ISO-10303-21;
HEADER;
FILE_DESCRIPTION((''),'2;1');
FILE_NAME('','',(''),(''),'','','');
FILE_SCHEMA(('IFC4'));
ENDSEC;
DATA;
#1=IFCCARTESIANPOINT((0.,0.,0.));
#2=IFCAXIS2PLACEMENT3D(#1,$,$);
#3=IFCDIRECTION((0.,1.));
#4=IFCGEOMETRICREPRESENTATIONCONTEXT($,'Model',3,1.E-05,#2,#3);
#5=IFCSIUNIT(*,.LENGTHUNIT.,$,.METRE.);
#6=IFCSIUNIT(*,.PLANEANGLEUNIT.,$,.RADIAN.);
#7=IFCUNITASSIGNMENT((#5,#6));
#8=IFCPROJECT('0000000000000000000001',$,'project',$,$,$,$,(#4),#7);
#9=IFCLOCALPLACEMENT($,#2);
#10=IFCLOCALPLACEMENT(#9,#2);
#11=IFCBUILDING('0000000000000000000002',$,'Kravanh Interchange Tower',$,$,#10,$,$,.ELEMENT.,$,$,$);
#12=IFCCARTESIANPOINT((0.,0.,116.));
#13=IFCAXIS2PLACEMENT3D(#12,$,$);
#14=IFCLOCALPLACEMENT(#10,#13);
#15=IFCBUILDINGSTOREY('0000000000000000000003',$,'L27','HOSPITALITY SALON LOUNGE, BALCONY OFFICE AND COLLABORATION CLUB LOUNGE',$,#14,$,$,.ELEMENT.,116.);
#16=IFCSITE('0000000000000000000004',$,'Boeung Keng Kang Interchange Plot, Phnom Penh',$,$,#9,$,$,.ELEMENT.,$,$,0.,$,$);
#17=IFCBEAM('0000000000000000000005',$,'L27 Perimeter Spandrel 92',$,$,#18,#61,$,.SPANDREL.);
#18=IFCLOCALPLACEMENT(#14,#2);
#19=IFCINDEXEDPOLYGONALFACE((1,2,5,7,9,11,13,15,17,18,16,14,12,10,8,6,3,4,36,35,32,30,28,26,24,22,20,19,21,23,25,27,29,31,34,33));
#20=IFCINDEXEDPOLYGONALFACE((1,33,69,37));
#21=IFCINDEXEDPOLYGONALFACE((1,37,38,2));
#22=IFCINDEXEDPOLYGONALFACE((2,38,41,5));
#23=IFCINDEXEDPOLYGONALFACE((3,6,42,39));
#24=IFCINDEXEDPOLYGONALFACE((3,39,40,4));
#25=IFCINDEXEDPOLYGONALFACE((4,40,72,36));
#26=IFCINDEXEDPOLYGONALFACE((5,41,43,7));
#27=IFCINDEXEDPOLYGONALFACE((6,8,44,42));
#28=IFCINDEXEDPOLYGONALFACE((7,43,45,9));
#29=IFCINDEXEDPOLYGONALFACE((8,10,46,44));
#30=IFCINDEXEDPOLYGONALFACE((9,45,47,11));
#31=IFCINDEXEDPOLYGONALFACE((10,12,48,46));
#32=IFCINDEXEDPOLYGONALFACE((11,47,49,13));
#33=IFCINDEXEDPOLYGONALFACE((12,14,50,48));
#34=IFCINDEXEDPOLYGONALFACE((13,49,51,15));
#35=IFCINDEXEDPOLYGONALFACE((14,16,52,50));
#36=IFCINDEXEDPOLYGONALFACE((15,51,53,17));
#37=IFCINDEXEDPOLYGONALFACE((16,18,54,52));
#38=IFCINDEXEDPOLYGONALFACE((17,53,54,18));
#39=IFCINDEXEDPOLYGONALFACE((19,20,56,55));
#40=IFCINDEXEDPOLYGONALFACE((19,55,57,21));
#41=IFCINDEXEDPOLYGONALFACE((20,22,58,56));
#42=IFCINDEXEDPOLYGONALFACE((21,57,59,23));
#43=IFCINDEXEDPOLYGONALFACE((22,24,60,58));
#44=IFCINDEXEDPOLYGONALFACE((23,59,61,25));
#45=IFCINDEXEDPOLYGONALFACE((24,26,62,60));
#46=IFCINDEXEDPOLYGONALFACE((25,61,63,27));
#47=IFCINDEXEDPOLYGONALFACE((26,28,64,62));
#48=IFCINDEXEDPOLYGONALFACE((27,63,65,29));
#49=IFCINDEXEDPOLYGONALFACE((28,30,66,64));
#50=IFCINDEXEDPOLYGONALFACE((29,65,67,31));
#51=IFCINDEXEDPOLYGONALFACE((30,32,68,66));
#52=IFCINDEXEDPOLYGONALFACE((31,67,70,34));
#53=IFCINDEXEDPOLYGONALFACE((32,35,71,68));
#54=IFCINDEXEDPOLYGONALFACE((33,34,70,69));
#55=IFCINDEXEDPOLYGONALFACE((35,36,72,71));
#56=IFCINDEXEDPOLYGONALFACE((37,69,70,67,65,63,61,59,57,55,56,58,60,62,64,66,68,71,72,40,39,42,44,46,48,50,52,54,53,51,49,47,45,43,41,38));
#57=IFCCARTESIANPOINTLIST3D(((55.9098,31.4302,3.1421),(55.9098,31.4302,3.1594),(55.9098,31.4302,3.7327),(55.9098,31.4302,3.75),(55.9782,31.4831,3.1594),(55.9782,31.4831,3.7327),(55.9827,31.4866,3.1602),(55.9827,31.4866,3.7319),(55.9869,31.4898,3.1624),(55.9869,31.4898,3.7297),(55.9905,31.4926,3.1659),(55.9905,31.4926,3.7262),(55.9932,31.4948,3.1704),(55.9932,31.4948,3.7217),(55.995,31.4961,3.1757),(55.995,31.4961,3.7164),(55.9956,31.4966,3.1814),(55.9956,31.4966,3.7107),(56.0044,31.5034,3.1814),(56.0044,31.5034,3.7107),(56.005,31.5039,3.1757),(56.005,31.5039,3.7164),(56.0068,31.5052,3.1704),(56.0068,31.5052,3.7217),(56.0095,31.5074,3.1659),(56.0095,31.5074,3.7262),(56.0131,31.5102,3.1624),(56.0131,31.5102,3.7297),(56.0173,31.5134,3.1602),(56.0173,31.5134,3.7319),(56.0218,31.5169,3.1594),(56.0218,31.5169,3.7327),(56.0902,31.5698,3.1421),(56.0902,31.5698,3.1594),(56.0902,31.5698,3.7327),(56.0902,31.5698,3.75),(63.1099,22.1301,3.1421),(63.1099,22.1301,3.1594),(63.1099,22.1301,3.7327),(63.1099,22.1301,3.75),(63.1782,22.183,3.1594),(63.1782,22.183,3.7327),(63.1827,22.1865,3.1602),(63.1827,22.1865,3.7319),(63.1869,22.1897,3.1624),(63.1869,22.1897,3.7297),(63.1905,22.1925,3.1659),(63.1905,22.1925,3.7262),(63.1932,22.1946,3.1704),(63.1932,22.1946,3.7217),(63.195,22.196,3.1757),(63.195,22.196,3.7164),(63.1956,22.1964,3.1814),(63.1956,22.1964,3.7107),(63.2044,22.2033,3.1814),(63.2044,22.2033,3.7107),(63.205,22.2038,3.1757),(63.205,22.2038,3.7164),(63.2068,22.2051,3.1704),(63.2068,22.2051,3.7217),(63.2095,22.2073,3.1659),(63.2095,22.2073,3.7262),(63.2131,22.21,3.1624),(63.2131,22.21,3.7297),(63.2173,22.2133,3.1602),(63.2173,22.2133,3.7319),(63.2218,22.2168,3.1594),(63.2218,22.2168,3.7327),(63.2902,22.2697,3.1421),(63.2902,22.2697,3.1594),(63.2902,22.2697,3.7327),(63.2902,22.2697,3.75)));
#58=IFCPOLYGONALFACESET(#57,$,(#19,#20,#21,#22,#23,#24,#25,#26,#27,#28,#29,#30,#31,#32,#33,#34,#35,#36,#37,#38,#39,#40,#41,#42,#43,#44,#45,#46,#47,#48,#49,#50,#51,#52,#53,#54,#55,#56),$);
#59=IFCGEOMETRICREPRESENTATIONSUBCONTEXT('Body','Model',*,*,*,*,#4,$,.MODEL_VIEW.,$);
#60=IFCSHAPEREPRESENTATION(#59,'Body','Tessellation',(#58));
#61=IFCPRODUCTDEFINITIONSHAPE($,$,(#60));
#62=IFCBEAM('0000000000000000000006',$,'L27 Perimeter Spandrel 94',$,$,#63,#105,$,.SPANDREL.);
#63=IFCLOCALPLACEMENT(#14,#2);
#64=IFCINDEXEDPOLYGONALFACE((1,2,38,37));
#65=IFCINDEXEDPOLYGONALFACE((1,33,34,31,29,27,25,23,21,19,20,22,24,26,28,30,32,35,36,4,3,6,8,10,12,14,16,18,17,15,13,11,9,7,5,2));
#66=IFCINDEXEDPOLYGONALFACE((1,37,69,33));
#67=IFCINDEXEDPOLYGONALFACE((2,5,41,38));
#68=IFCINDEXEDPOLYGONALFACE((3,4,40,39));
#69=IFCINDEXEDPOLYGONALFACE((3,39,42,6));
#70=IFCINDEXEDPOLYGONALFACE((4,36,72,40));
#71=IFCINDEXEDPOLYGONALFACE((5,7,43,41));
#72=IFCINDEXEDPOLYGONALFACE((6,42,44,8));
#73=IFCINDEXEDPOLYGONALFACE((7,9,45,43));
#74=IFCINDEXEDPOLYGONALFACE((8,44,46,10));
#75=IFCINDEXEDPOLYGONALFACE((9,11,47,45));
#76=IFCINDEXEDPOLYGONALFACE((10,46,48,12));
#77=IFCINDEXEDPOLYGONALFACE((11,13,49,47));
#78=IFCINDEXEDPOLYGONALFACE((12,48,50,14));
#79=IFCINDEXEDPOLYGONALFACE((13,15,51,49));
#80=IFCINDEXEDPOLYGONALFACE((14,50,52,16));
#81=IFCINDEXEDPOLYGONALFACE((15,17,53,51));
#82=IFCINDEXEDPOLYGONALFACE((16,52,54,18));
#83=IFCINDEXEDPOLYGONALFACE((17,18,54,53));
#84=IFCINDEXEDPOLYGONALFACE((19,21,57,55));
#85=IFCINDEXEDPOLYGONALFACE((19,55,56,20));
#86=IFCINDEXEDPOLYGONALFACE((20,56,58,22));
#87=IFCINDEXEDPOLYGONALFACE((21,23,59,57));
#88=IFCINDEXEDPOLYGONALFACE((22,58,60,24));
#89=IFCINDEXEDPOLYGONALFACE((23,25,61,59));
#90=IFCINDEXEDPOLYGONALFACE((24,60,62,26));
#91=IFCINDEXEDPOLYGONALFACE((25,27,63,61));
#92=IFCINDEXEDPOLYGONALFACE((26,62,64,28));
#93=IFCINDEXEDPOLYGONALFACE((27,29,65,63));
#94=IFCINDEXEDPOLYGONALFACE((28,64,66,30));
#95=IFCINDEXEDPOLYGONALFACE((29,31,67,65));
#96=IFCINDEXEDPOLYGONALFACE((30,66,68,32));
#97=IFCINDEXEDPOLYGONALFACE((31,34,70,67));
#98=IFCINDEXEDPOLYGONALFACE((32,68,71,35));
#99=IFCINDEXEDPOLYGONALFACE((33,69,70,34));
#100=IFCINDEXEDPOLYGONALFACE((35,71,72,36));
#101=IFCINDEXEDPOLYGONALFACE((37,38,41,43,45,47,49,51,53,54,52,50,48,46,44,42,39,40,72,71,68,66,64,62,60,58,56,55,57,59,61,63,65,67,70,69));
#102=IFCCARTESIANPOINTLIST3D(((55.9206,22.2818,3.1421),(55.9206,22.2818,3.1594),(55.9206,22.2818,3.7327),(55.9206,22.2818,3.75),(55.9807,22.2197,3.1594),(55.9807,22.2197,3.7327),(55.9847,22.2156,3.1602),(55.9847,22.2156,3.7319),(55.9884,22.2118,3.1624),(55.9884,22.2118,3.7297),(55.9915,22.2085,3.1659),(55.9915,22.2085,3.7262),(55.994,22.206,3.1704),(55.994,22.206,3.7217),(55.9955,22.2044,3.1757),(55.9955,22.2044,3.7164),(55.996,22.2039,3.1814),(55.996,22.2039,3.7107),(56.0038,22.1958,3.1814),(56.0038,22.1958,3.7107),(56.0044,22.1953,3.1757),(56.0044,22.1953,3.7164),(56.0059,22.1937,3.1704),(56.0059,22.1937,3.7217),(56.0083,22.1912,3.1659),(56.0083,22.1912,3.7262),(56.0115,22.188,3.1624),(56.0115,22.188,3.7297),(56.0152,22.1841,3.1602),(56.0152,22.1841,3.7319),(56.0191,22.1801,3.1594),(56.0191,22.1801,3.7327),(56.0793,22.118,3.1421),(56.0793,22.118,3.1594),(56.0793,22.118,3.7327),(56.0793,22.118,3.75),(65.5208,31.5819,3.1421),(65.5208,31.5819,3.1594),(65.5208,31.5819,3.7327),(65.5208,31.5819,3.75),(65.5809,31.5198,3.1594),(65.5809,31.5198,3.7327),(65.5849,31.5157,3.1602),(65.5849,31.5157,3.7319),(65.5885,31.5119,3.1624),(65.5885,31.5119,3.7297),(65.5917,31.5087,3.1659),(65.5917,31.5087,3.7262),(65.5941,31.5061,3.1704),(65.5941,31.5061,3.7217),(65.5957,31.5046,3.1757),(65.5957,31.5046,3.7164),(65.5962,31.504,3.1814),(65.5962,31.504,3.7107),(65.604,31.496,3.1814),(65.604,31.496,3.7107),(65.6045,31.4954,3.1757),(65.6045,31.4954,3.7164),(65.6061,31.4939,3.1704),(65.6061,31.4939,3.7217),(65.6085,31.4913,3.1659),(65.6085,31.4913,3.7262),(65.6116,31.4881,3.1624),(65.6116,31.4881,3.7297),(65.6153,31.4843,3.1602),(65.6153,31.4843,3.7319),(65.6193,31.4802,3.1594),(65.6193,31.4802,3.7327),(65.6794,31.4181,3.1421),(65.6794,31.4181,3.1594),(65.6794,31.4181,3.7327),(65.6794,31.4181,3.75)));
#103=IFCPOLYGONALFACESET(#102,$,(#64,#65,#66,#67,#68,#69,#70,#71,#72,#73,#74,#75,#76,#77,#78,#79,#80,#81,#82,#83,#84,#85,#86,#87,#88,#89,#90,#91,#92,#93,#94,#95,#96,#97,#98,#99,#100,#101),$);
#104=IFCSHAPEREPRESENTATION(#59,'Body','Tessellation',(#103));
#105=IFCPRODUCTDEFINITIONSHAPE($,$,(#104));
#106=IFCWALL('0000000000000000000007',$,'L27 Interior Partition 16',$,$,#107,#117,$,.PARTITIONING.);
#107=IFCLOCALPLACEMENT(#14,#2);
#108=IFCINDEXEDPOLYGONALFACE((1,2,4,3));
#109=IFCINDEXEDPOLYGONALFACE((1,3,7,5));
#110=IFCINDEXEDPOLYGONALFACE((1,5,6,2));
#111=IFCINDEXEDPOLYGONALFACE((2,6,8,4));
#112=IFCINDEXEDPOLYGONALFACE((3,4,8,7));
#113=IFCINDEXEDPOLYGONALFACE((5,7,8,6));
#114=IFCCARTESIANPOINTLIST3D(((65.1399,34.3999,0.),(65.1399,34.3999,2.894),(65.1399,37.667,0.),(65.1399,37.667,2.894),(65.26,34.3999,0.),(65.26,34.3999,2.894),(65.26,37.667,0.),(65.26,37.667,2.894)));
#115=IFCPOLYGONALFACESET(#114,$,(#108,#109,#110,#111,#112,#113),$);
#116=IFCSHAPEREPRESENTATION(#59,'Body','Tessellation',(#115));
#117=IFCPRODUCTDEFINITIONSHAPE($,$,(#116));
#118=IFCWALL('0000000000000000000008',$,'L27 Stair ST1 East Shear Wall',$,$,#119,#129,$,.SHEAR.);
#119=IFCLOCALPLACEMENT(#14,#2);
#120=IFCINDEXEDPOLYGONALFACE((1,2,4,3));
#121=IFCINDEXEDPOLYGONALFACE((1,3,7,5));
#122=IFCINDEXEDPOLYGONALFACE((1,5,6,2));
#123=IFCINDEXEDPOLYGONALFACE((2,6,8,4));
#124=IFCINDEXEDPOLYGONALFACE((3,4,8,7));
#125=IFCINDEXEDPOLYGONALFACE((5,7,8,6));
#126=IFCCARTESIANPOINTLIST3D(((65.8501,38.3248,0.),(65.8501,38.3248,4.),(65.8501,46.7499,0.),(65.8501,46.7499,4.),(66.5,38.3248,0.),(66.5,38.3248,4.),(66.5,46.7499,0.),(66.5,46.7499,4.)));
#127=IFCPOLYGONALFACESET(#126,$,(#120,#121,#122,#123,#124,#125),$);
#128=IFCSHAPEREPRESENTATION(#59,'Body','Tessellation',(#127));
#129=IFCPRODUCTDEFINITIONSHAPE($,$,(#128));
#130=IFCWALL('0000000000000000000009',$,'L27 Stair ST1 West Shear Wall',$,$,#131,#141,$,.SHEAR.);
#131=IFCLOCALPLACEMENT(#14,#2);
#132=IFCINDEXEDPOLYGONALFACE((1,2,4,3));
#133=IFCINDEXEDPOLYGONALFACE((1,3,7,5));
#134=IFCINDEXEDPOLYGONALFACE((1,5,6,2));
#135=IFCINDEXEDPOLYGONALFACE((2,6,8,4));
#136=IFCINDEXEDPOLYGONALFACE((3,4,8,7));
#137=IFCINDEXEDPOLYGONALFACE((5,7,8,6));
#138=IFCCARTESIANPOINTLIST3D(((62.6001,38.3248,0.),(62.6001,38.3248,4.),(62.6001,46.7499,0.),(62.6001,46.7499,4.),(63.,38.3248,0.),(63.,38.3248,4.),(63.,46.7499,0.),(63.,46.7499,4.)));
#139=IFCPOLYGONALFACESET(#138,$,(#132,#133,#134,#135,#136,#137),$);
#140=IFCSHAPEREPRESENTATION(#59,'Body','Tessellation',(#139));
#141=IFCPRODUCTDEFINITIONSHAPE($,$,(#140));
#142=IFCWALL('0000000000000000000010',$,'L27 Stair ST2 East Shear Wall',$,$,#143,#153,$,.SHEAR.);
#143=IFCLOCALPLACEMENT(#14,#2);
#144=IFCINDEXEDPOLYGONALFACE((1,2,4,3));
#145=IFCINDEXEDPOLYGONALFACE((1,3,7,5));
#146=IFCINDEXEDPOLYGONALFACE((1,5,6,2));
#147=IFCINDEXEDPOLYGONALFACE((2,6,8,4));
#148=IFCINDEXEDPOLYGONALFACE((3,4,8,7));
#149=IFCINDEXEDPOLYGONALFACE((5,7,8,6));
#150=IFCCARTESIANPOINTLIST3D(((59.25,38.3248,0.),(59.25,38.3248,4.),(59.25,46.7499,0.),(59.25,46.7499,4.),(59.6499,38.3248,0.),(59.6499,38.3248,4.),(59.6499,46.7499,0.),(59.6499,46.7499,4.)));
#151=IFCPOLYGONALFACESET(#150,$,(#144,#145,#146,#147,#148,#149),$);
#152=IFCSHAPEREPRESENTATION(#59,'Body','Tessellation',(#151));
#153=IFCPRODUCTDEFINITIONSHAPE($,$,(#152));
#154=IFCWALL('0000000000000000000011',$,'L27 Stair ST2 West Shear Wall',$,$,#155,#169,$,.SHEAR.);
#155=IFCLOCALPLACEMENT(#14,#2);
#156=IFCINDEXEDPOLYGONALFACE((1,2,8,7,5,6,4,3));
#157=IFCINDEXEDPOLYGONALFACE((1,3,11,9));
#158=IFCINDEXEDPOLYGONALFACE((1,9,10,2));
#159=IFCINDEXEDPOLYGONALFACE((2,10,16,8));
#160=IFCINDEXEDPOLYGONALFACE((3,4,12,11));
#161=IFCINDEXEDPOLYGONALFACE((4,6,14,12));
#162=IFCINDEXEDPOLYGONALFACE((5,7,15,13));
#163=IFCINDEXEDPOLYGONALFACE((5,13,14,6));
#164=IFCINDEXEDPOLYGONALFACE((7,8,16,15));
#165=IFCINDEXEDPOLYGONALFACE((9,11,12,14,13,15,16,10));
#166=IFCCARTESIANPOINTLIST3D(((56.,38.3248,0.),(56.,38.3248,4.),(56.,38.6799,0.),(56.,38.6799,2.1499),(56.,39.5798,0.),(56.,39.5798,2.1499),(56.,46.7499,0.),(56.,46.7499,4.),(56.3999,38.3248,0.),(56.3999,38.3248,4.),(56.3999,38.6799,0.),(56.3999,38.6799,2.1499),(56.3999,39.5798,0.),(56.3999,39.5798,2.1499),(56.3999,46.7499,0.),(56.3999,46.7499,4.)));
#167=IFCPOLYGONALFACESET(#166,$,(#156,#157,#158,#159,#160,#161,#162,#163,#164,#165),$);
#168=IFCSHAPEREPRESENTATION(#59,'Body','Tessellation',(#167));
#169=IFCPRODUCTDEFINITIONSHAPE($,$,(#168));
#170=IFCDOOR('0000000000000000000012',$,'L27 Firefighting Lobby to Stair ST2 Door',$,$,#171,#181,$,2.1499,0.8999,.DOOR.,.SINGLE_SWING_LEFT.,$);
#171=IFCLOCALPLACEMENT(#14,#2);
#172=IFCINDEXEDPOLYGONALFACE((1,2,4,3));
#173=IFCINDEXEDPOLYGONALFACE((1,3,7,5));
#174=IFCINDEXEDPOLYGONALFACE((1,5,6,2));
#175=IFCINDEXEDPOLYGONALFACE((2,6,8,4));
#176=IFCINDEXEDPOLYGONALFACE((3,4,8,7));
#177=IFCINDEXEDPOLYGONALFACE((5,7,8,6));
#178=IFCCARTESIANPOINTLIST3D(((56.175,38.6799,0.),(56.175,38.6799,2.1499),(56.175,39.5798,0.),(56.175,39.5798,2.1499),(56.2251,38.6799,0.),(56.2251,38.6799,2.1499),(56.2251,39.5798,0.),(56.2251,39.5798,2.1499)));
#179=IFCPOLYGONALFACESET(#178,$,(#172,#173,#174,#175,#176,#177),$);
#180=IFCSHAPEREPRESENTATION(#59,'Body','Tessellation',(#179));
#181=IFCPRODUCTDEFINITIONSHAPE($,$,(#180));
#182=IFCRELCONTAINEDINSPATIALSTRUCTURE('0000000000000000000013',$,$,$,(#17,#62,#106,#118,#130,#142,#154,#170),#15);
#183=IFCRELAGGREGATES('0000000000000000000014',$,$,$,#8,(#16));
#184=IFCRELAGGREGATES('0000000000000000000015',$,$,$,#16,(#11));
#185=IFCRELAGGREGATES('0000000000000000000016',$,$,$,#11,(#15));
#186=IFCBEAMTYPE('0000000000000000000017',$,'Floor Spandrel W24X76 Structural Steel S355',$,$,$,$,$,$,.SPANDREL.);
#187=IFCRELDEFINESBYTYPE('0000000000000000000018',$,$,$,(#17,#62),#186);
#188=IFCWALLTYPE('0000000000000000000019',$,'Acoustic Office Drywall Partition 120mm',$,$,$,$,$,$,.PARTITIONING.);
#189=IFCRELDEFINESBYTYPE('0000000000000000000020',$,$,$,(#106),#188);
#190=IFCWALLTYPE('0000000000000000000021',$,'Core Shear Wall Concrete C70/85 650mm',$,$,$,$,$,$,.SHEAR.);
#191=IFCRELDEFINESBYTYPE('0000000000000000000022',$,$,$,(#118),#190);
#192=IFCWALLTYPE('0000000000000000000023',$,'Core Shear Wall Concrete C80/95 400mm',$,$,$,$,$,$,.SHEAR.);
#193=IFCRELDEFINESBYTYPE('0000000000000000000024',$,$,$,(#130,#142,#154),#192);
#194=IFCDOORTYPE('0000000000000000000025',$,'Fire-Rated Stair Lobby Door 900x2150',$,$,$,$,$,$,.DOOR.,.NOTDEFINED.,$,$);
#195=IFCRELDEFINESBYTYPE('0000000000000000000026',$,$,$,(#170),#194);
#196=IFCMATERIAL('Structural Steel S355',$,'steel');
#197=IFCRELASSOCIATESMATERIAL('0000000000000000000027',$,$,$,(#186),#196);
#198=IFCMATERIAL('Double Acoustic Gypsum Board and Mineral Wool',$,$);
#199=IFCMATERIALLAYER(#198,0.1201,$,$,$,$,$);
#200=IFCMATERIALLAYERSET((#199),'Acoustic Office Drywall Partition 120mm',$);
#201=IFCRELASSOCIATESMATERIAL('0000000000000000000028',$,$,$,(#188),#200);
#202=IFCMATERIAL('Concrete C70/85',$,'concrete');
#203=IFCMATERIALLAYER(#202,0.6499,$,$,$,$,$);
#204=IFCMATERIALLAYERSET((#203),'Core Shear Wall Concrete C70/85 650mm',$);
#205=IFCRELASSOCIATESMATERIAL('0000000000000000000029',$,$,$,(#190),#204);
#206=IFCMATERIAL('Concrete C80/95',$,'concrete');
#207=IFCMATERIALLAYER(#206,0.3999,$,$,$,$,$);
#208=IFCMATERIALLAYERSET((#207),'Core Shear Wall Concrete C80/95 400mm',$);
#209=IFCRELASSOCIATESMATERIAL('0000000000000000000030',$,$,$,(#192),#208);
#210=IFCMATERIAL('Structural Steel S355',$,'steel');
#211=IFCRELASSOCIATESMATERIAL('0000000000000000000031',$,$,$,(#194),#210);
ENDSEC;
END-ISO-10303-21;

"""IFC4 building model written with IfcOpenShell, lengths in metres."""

from ifc_helpers import new_model, si_unit, direction, frame, frame_2d, origin, origin_2d, place, context, subcontext, project, spatial, rectangle, i_section, extrude, material, layer, layer_set, material_profile, profile_set, type_object, element, fill, save


model = new_model("IFC4")

# Units and contexts
model_context = context("Model", 3, precision=1e-05, world=origin(), true_north=direction((0.0, 1.0)))
body_context = subcontext(model_context, "Body", "Model", "MODEL_VIEW")
ifc_project = project(units=[si_unit("LENGTHUNIT", "METRE"), si_unit("PLANEANGLEUNIT", "RADIAN")], contexts=[model_context])

# Site, building, storey
site_placement = place(None, origin())
site = spatial("IfcSite", under=ifc_project, at=site_placement, Name="Boeung Keng Kang Interchange Plot, Phnom Penh", CompositionType="ELEMENT", RefElevation=0.0)
building_placement = place(site_placement, origin())
building = spatial("IfcBuilding", under=site, at=building_placement, Name="Kravanh Interchange Tower", CompositionType="ELEMENT")
storey_placement = place(building_placement, frame((0.0, 0.0, 116.0)))
storey = spatial("IfcBuildingStorey", under=building, at=storey_placement, Name="L27", Description="HOSPITALITY SALON LOUNGE, BALCONY OFFICE AND COLLABORATION CLUB LOUNGE", CompositionType="ELEMENT", Elevation=116.0)

# Beams
ifc_material_1 = material(Name="Structural Steel S355", Category="steel")
ifc_material_profile_1 = material_profile(ifc_material_1, i_section(OverallWidth=0.228, OverallDepth=0.6079, WebThickness=0.0112, FlangeThickness=0.0173, FilletRadius=0.022, at=origin_2d()), Name="W24X76")
ifc_profile_set_1 = profile_set([ifc_material_profile_1], Name="Structural Steel S355")
beam_type_1 = type_object("IfcBeamType", Name="Floor Spandrel W24X76 Structural Steel S355", PredefinedType="SPANDREL", material=ifc_profile_set_1)
beam_1_placement = place(storey_placement, frame((56.0, 31.5, 3.446), z_axis=(0.612169, -0.790727, 0.0), x_axis=(0.790727, 0.612169, 0.0)))
element("IfcBeam", 1, at=beam_1_placement, inside=storey, type_object=beam_type_1, Name="L27 Perimeter Spandrel 92", PredefinedType="SPANDREL", context=body_context, shape_type="SweptSolid", body=[
    extrude(i_section(OverallWidth=0.228, OverallDepth=0.6079, WebThickness=0.0112, FlangeThickness=0.0173, FilletRadius=0.022, at=origin_2d()), origin(), (0.0, 0.0, 1.0), 11.7615),
])
beam_2_placement = place(storey_placement, frame((65.6001, 31.5, 3.446), z_axis=(-0.718242, -0.695793, 0.0), x_axis=(0.695793, -0.718242, 0.0)))
element("IfcBeam", 2, at=beam_2_placement, inside=storey, type_object=beam_type_1, Name="L27 Perimeter Spandrel 94", PredefinedType="SPANDREL", context=body_context, shape_type="SweptSolid", body=[
    extrude(i_section(OverallWidth=0.228, OverallDepth=0.6079, WebThickness=0.0112, FlangeThickness=0.0173, FilletRadius=0.022, at=origin_2d()), origin(), (0.0, 0.0, 1.0), 13.3662),
])

# Walls
ifc_material_2 = material(Name="Double Acoustic Gypsum Board and Mineral Wool")
ifc_layer_1 = layer(ifc_material_2, 0.1201)
ifc_layer_set_1 = layer_set([ifc_layer_1], Name="Acoustic Office Drywall Partition 120mm")
wall_type_1 = type_object("IfcWallType", Name="Acoustic Office Drywall Partition 120mm", PredefinedType="PARTITIONING", material=ifc_layer_set_1)
wall_1_placement = place(storey_placement, frame((65.2, 34.3999, 0.0), z_axis=(0.0, 0.0, 1.0), x_axis=(0.0, 1.0, 0.0)))
element("IfcWall", 3, at=wall_1_placement, inside=storey, type_object=wall_type_1, Name="L27 Interior Partition 16", PredefinedType="PARTITIONING", context=body_context, shape_type="SweptSolid", body=[
    extrude(rectangle(XDim=3.2671, YDim=0.1201, at=frame_2d((1.6335, 0.0))), origin(), (0.0, 0.0, 1.0), 2.894),
])
ifc_material_3 = material(Name="Concrete C70/85", Category="concrete")
ifc_layer_2 = layer(ifc_material_3, 0.6499)
ifc_layer_set_2 = layer_set([ifc_layer_2], Name="Core Shear Wall Concrete C70/85 650mm")
wall_type_2 = type_object("IfcWallType", Name="Core Shear Wall Concrete C70/85 650mm", PredefinedType="SHEAR", material=ifc_layer_set_2)
wall_2_placement = place(storey_placement, frame((66.175, 38.325, 0.0), z_axis=(0.0, 0.0, 1.0), x_axis=(0.0, 1.0, 0.0)))
element("IfcWall", 4, at=wall_2_placement, inside=storey, type_object=wall_type_2, Name="L27 Stair ST1 East Shear Wall", PredefinedType="SHEAR", context=body_context, shape_type="SweptSolid", body=[
    extrude(rectangle(XDim=8.425, YDim=0.6499, at=frame_2d((4.2124, 0.0))), origin(), (0.0, 0.0, 1.0), 4.0),
])
ifc_material_4 = material(Name="Concrete C80/95", Category="concrete")
ifc_layer_3 = layer(ifc_material_4, 0.3999)
ifc_layer_set_3 = layer_set([ifc_layer_3], Name="Core Shear Wall Concrete C80/95 400mm")
wall_type_3 = type_object("IfcWallType", Name="Core Shear Wall Concrete C80/95 400mm", PredefinedType="SHEAR", material=ifc_layer_set_3)
for number, where, z_axis, x_axis, name in (
    (5, (62.8, 38.325, 0.0), (0.0, 0.0, 1.0), (0.0, 1.0, 0.0), "L27 Stair ST1 West Shear Wall"),
    (6, (59.45, 38.325, 0.0), (0.0, 0.0, 1.0), (0.0, 1.0, 0.0), "L27 Stair ST2 East Shear Wall"),
):
    element("IfcWall", number, at=place(storey_placement, frame(where, z_axis=z_axis, x_axis=x_axis)), inside=storey, type_object=wall_type_3, Name=name, PredefinedType="SHEAR", context=body_context, shape_type="SweptSolid", body=[
        extrude(rectangle(XDim=8.425, YDim=0.3999, at=frame_2d((4.2124, 0.0))), origin(), (0.0, 0.0, 1.0), 4.0),
    ])

# Wall, opening, door
wall_3_placement = place(storey_placement, frame((56.2, 38.325, 0.0), z_axis=(0.0, 0.0, 1.0), x_axis=(0.0, 1.0, 0.0)))
wall_3 = element("IfcWall", 7, at=wall_3_placement, inside=storey, type_object=wall_type_3, Name="L27 Stair ST2 West Shear Wall", PredefinedType="SHEAR", context=body_context, shape_type="SweptSolid", body=[
    extrude(rectangle(XDim=8.425, YDim=0.3999, at=frame_2d((4.2124, 0.0))), origin(), (0.0, 0.0, 1.0), 4.0),
])
opening_1_placement = place(wall_3_placement, frame((0.355, 0.0, 0.0)))
opening_1 = element("IfcOpeningElement", 8, at=opening_1_placement, cuts=wall_3, PredefinedType="OPENING", context=body_context, shape_type="SweptSolid", body=[
    extrude(rectangle(XDim=0.8999, YDim=2.1499, at=frame_2d((0.45, 1.075))), frame((0.0, 0.21, 0.0), z_axis=(0.0, -1.0, 0.0), x_axis=(1.0, 0.0, 0.0)), (0.0, 0.0, 1.0), 0.4199),
])
ifc_material_5 = material(Name="Structural Steel S355", Category="steel")
door_type_1 = type_object("IfcDoorType", Name="Fire-Rated Stair Lobby Door 900x2150", OperationType="NOTDEFINED", PredefinedType="DOOR", material=ifc_material_5)
door_1_placement = place(opening_1_placement, origin())
door_1 = element("IfcDoor", 9, at=door_1_placement, inside=storey, type_object=door_type_1, Name="L27 Firefighting Lobby to Stair ST2 Door", OperationType="SINGLE_SWING_LEFT", OverallHeight=2.1499, OverallWidth=0.8999, PredefinedType="DOOR", context=body_context, shape_type="SweptSolid", body=[
    extrude(rectangle(XDim=0.8999, YDim=2.1499, at=frame_2d((0.45, 1.075))), frame((0.0, 0.0249, 0.0), z_axis=(0.0, -1.0, 0.0), x_axis=(1.0, 0.0, 0.0)), (0.0, 0.0, 1.0), 0.05),
])
fill(opening_1, door_1)

save(model, "model.ifc")
